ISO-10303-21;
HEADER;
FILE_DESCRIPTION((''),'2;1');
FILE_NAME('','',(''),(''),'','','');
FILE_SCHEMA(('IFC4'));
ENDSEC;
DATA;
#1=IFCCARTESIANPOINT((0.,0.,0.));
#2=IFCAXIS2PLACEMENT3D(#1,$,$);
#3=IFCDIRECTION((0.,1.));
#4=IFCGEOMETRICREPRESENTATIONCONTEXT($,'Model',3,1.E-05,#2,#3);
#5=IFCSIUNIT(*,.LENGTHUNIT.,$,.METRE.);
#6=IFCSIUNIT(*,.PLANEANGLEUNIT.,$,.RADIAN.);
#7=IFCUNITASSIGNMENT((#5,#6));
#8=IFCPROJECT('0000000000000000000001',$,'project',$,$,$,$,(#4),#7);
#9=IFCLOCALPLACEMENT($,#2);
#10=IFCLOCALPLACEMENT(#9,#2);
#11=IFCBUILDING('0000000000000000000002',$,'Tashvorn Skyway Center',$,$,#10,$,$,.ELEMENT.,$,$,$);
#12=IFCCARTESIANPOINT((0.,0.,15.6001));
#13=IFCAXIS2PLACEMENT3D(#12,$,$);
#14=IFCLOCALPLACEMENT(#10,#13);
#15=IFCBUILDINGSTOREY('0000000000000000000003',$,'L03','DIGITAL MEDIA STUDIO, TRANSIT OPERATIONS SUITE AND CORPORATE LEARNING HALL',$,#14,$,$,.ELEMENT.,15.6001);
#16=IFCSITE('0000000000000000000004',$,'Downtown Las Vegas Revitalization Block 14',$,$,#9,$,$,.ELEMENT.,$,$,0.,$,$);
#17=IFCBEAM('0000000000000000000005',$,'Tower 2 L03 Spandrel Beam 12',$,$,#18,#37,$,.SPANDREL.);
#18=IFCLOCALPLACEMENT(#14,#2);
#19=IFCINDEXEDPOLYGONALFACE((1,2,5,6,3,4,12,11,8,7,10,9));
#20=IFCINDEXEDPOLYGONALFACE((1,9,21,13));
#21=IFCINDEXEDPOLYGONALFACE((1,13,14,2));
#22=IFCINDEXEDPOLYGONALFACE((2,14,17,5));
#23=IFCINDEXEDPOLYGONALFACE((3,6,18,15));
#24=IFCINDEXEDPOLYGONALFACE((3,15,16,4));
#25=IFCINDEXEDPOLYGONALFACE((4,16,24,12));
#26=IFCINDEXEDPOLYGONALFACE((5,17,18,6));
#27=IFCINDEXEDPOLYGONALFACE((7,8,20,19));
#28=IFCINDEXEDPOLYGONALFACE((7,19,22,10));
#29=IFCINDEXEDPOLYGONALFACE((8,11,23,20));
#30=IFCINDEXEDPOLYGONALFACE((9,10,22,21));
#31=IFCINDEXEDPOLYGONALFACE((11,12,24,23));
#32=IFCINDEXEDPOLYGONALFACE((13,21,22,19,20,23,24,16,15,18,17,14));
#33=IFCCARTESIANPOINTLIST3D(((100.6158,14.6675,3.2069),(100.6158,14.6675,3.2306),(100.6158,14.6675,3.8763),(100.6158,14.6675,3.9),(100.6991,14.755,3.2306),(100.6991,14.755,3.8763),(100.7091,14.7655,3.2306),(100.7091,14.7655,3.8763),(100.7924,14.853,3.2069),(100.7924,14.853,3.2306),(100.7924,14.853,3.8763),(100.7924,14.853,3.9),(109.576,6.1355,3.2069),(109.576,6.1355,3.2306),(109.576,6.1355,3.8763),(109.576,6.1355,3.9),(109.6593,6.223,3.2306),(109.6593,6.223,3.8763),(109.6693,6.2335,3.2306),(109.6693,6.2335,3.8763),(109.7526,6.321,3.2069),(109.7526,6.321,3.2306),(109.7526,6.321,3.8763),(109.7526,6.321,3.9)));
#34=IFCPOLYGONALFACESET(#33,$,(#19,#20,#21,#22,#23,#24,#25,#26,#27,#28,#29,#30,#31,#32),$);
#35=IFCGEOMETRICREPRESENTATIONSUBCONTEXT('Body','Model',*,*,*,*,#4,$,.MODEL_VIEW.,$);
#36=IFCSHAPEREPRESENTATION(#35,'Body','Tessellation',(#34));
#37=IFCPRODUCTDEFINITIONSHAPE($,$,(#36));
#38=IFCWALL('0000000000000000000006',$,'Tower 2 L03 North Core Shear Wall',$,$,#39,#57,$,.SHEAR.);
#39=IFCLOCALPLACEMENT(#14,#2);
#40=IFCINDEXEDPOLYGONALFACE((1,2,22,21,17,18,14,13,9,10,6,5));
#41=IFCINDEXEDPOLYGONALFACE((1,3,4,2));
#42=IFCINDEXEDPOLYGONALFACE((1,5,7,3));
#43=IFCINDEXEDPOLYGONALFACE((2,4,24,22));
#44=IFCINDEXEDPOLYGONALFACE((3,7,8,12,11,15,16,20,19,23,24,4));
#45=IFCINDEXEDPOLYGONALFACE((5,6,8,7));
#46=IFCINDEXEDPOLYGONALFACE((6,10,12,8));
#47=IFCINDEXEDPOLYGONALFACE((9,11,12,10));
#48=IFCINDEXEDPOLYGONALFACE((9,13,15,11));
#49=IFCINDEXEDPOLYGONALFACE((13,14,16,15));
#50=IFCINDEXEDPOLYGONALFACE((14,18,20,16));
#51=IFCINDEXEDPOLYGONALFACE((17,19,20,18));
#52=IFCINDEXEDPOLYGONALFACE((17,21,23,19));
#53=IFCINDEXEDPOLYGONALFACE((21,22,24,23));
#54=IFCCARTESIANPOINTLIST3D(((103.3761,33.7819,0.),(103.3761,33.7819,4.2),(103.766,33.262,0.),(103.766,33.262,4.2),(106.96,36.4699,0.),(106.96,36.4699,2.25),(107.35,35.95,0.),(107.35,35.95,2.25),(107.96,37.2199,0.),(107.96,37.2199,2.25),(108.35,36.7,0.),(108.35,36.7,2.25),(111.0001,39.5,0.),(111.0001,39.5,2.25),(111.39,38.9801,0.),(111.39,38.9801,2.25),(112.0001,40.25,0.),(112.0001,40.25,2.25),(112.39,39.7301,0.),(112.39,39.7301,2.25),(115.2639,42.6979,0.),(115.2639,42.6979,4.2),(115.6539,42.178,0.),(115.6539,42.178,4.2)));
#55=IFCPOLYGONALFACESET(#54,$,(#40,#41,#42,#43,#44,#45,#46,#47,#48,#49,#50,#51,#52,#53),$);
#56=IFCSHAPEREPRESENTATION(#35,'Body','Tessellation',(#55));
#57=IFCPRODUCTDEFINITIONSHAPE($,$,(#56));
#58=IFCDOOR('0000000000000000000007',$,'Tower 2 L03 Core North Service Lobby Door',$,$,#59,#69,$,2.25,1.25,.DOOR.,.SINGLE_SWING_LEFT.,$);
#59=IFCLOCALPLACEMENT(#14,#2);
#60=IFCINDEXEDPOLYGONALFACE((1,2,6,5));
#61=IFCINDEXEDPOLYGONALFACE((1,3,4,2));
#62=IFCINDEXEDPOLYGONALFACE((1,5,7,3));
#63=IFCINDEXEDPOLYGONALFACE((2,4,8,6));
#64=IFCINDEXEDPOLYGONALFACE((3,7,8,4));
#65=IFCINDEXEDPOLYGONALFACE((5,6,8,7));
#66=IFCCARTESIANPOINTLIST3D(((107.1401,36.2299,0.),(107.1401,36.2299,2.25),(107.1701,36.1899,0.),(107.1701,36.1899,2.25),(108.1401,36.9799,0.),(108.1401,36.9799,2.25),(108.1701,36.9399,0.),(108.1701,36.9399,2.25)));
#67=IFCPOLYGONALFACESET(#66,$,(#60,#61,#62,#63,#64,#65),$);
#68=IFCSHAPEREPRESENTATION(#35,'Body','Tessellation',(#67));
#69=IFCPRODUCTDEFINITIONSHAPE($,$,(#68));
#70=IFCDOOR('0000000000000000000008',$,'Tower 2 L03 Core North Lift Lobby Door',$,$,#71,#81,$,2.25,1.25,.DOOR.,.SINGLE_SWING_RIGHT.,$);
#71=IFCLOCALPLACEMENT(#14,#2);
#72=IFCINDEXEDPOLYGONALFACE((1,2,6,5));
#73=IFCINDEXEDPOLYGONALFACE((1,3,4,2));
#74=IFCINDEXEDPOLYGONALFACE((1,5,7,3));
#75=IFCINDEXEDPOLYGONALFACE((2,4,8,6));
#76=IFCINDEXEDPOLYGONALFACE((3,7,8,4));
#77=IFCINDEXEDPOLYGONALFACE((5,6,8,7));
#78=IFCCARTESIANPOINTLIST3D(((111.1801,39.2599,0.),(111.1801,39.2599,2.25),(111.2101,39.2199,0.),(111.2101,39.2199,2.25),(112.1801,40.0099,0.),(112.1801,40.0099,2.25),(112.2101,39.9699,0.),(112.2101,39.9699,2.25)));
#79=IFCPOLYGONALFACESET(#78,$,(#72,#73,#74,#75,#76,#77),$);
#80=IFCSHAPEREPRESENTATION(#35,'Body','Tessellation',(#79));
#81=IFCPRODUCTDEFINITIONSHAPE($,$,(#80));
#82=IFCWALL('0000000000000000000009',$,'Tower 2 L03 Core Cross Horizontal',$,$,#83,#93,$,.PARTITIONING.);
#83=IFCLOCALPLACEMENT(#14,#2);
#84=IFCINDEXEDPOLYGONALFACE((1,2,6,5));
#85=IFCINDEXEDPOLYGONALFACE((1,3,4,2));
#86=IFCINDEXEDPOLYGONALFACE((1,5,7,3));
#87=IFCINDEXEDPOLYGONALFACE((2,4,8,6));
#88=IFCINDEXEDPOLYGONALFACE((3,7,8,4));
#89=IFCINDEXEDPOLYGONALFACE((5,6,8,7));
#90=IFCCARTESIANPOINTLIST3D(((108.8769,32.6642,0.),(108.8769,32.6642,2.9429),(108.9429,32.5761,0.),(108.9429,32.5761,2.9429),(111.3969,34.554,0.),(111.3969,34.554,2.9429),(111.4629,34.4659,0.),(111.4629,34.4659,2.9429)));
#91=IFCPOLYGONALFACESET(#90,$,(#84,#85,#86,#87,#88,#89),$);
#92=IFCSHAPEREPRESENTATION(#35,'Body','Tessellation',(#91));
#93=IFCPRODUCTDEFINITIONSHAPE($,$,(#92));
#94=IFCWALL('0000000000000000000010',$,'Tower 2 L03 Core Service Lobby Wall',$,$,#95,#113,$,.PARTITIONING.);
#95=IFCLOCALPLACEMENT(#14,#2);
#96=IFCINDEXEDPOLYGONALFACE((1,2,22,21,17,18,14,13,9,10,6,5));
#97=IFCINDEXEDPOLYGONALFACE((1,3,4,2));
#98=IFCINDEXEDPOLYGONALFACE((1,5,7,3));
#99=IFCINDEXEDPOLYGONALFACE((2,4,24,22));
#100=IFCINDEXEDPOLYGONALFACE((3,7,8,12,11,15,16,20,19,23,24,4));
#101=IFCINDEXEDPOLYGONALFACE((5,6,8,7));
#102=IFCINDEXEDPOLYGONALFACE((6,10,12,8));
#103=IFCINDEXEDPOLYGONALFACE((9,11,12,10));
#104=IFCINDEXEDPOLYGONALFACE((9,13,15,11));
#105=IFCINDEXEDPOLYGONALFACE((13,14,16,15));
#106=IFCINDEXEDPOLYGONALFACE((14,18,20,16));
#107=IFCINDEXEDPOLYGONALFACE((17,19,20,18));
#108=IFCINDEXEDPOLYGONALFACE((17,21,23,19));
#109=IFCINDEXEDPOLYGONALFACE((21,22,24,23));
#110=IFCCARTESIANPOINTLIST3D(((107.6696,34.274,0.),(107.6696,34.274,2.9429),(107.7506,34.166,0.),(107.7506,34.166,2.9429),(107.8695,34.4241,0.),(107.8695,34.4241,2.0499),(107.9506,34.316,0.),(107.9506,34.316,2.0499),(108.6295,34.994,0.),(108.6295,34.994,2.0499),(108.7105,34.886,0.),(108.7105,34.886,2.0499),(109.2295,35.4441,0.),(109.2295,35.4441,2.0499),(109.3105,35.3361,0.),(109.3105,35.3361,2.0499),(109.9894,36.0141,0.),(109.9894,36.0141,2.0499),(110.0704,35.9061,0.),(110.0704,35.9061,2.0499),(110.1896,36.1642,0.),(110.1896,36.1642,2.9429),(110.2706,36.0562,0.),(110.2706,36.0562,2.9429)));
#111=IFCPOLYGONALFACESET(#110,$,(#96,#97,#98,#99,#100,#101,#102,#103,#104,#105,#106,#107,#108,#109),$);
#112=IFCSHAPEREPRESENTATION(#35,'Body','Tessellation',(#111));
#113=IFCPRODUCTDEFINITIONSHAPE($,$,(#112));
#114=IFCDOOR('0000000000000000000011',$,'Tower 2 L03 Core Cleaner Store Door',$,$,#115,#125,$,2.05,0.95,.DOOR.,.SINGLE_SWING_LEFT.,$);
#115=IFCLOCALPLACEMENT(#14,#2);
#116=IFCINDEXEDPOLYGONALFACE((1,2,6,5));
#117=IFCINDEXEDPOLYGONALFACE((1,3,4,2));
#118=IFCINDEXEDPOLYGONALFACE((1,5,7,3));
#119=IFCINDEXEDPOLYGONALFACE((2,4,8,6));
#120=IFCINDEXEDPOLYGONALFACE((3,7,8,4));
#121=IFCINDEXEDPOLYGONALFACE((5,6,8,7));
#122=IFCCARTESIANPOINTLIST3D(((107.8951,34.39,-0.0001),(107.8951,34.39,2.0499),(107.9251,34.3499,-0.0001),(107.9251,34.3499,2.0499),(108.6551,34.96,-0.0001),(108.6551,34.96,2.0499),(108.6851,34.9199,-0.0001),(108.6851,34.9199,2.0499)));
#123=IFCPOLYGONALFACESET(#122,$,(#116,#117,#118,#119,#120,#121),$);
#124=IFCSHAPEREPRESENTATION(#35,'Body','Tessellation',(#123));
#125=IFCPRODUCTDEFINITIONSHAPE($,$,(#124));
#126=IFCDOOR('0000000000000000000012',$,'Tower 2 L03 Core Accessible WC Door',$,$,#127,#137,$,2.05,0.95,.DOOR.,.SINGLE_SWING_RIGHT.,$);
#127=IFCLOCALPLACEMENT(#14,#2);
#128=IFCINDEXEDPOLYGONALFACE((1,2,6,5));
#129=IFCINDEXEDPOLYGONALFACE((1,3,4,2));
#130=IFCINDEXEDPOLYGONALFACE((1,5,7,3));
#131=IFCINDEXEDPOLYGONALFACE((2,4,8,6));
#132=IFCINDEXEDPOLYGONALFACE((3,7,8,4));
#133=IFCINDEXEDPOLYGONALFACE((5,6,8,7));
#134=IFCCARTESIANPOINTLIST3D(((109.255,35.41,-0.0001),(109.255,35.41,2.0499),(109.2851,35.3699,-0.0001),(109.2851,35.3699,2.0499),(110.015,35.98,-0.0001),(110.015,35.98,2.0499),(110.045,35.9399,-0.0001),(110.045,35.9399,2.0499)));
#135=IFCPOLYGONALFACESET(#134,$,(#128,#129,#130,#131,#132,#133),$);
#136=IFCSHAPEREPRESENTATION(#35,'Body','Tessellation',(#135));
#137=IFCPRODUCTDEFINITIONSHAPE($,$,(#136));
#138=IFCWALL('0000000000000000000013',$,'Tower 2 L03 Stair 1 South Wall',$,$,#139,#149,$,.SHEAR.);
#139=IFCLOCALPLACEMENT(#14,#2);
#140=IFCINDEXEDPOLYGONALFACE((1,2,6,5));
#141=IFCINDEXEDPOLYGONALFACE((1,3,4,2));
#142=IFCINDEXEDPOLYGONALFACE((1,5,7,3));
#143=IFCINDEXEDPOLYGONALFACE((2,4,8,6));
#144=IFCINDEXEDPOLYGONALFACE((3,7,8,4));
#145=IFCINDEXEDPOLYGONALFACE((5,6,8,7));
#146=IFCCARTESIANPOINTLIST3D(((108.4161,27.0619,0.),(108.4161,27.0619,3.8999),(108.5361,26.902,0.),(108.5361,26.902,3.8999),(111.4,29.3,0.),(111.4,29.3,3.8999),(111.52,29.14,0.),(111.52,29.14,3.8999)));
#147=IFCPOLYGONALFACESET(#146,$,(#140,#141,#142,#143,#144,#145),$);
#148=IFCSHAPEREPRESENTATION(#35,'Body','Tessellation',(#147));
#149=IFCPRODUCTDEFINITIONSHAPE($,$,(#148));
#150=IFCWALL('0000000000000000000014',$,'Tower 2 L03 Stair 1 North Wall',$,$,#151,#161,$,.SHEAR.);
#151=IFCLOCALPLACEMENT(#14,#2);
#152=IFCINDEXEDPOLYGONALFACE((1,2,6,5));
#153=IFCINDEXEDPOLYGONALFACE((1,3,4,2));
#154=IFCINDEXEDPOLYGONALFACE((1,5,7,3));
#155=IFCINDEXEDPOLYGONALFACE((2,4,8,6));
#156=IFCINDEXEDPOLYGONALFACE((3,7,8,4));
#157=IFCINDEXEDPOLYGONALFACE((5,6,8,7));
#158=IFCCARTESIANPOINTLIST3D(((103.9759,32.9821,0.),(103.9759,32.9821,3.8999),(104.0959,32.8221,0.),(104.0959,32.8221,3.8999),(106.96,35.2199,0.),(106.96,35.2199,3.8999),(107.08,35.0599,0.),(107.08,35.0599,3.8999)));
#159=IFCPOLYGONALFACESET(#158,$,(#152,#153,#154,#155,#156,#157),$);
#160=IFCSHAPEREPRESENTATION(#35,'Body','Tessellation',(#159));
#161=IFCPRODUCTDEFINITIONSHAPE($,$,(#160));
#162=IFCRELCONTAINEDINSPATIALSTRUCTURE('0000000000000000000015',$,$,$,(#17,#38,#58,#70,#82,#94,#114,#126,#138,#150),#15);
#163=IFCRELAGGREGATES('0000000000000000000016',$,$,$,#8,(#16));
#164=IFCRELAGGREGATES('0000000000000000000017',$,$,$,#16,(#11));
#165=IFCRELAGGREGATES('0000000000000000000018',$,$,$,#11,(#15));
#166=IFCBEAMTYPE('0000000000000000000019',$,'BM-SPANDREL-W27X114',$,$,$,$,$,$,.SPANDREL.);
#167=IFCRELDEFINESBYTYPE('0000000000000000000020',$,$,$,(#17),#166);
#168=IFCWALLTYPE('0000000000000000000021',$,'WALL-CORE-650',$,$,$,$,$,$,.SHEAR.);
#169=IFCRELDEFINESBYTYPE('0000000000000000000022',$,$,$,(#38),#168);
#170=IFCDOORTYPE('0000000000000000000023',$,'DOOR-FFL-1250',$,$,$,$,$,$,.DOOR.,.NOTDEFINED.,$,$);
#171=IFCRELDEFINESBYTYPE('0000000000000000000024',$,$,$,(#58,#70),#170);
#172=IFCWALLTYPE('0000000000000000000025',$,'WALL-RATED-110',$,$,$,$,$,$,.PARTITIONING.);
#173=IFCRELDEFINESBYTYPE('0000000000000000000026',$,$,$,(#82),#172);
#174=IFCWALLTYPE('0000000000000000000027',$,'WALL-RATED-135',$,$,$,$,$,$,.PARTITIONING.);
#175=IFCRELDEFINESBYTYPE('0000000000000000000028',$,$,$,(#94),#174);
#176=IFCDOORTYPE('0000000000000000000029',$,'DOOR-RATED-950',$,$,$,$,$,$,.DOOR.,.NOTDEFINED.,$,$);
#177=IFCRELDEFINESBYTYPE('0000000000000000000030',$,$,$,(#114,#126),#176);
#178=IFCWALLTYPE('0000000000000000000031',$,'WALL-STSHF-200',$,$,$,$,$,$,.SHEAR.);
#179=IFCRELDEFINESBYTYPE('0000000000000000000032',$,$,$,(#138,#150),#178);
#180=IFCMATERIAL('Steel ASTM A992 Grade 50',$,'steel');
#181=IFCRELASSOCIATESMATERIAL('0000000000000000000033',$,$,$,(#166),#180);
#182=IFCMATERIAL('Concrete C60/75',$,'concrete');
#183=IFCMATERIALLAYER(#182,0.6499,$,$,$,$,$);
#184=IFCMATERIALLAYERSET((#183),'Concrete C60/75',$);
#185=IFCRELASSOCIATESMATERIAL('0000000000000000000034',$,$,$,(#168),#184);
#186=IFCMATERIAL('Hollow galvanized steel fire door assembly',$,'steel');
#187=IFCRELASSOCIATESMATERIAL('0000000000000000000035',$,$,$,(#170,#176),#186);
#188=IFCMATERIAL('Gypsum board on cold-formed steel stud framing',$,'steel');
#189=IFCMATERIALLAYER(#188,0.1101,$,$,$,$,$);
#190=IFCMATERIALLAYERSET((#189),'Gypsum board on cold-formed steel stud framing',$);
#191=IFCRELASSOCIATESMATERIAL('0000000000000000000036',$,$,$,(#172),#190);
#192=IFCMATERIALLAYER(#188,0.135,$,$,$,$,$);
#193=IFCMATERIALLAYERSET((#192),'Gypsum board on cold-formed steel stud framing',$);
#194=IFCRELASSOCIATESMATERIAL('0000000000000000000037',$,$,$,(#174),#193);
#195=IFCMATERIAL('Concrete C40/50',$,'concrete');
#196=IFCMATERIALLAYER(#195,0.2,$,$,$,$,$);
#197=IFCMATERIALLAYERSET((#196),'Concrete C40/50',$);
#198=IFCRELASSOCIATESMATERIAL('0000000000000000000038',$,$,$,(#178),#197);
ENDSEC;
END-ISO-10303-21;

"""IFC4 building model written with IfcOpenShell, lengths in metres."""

from ifc_helpers import new_model, si_unit, direction, frame, frame_2d, origin, origin_2d, place, context, subcontext, project, spatial, rectangle, i_section, extrude, material, layer, layer_set, material_profile, profile_set, type_object, element, fill, save


model = new_model("IFC4")

# Units and contexts
model_context = context("Model", 3, precision=1e-05, world=origin(), true_north=direction((0.0, 1.0)))
body_context = subcontext(model_context, "Body", "Model", "MODEL_VIEW")
ifc_project = project(units=[si_unit("LENGTHUNIT", "METRE"), si_unit("PLANEANGLEUNIT", "RADIAN")], contexts=[model_context])

# Site, building, storey
site_placement = place(None, origin())
site = spatial("IfcSite", under=ifc_project, at=site_placement, Name="Downtown Las Vegas Revitalization Block 14", CompositionType="ELEMENT", RefElevation=0.0)
building_placement = place(site_placement, origin())
building = spatial("IfcBuilding", under=site, at=building_placement, Name="Tashvorn Skyway Center", CompositionType="ELEMENT")
storey_placement = place(building_placement, frame((0.0, 0.0, 15.6001)))
storey = spatial("IfcBuildingStorey", under=building, at=storey_placement, Name="L03", Description="DIGITAL MEDIA STUDIO, TRANSIT OPERATIONS SUITE AND CORPORATE LEARNING HALL", CompositionType="ELEMENT", Elevation=15.6001)

# Beam
ifc_material_1 = material(Name="Steel ASTM A992 Grade 50", Category="steel")
ifc_material_profile_1 = material_profile(ifc_material_1, i_section(OverallWidth=0.2561, OverallDepth=0.6931, WebThickness=0.0144, FlangeThickness=0.0237, at=origin_2d()), Name="W27X114")
ifc_profile_set_1 = profile_set([ifc_material_profile_1], Name="Steel ASTM A992 Grade 50")
beam_type_1 = type_object("IfcBeamType", Name="BM-SPANDREL-W27X114", PredefinedType="SPANDREL", material=ifc_profile_set_1)
beam_1_placement = place(storey_placement, frame((100.7041, 14.7603, 3.5535), z_axis=(0.7242, -0.68959, 0.0), x_axis=(0.68959, 0.7242, 0.0)))
element("IfcBeam", 1, at=beam_1_placement, inside=storey, type_object=beam_type_1, Name="Tower 2 L03 Spandrel Beam 12", PredefinedType="SPANDREL", context=body_context, shape_type="SweptSolid", body=[
    extrude(i_section(OverallWidth=0.2561, OverallDepth=0.6931, WebThickness=0.0144, FlangeThickness=0.0237, at=origin_2d()), origin(), (0.0, 0.0, 1.0), 12.3726),
])

# Wall, openings, doors
ifc_material_2 = material(Name="Concrete C60/75", Category="concrete")
ifc_layer_1 = layer(ifc_material_2, 0.6499)
ifc_layer_set_1 = layer_set([ifc_layer_1], Name="Concrete C60/75")
wall_type_1 = type_object("IfcWallType", Name="WALL-CORE-650", PredefinedType="SHEAR", material=ifc_layer_set_1)
wall_1_placement = place(storey_placement, frame((103.571, 33.522, 0.0), z_axis=(0.0, 0.0, 1.0), x_axis=(0.799998, 0.600003, 0.0)))
wall_1 = element("IfcWall", 2, at=wall_1_placement, inside=storey, type_object=wall_type_1, Name="Tower 2 L03 North Core Shear Wall", PredefinedType="SHEAR", context=body_context, shape_type="SweptSolid", body=[
    extrude(rectangle(XDim=14.8599, YDim=0.6499, at=frame_2d((7.4299, 0.0))), origin(), (0.0, 0.0, 1.0), 4.2),
])
opening_1_placement = place(wall_1_placement, frame((4.48, 0.0, 0.0)))
opening_1 = element("IfcOpeningElement", 3, at=opening_1_placement, cuts=wall_1, PredefinedType="OPENING", context=body_context, shape_type="SweptSolid", body=[
    extrude(rectangle(XDim=1.25, YDim=2.25, at=frame_2d((0.625, 1.125))), frame((0.0, 0.335, 0.0), z_axis=(0.0, -1.0, 0.0), x_axis=(1.0, 0.0, 0.0)), (0.0, 0.0, 1.0), 0.6699),
])
opening_2_placement = place(wall_1_placement, frame((9.53, 0.0, 0.0)))
opening_2 = element("IfcOpeningElement", 4, at=opening_2_placement, cuts=wall_1, PredefinedType="OPENING", context=body_context, shape_type="SweptSolid", body=[
    extrude(rectangle(XDim=1.25, YDim=2.25, at=frame_2d((0.625, 1.125))), frame((0.0, 0.335, 0.0), z_axis=(0.0, -1.0, 0.0), x_axis=(1.0, 0.0, 0.0)), (0.0, 0.0, 1.0), 0.6699),
])
ifc_material_3 = material(Name="Hollow galvanized steel fire door assembly", Category="steel")
door_type_1 = type_object("IfcDoorType", Name="DOOR-FFL-1250", OperationType="NOTDEFINED", PredefinedType="DOOR", material=ifc_material_3)
door_1_placement = place(opening_1_placement, origin())
door_1 = element("IfcDoor", 5, at=door_1_placement, inside=storey, type_object=door_type_1, Name="Tower 2 L03 Core North Service Lobby Door", OperationType="SINGLE_SWING_LEFT", OverallHeight=2.25, OverallWidth=1.25, PredefinedType="DOOR", context=body_context, shape_type="SweptSolid", body=[
    extrude(rectangle(XDim=1.25, YDim=2.25, at=frame_2d((0.625, 1.125))), frame((0.0, 0.0249, 0.0), z_axis=(0.0, -1.0, 0.0), x_axis=(1.0, 0.0, 0.0)), (0.0, 0.0, 1.0), 0.05),
])
fill(opening_1, door_1)
door_2_placement = place(opening_2_placement, origin())
door_2 = element("IfcDoor", 6, at=door_2_placement, inside=storey, type_object=door_type_1, Name="Tower 2 L03 Core North Lift Lobby Door", OperationType="SINGLE_SWING_RIGHT", OverallHeight=2.25, OverallWidth=1.25, PredefinedType="DOOR", context=body_context, shape_type="SweptSolid", body=[
    extrude(rectangle(XDim=1.25, YDim=2.25, at=frame_2d((0.625, 1.125))), frame((0.0, 0.0249, 0.0), z_axis=(0.0, -1.0, 0.0), x_axis=(1.0, 0.0, 0.0)), (0.0, 0.0, 1.0), 0.05),
])
fill(opening_2, door_2)

# Wall
ifc_material_4 = material(Name="Gypsum board on cold-formed steel stud framing", Category="steel")
ifc_layer_2 = layer(ifc_material_4, 0.1101)
ifc_layer_set_2 = layer_set([ifc_layer_2], Name="Gypsum board on cold-formed steel stud framing")
wall_type_2 = type_object("IfcWallType", Name="WALL-RATED-110", PredefinedType="PARTITIONING", material=ifc_layer_set_2)
wall_2_placement = place(storey_placement, frame((108.9099, 32.6201, 0.0), z_axis=(0.0, 0.0, 1.0), x_axis=(0.800019, 0.599975, 0.0)))
element("IfcWall", 7, at=wall_2_placement, inside=storey, type_object=wall_type_2, Name="Tower 2 L03 Core Cross Horizontal", PredefinedType="PARTITIONING", context=body_context, shape_type="SweptSolid", body=[
    extrude(rectangle(XDim=3.1499, YDim=0.1101, at=frame_2d((1.575, 0.0))), origin(), (0.0, 0.0, 1.0), 2.9429),
])

# Wall, openings, doors
ifc_layer_3 = layer(ifc_material_4, 0.135)
ifc_layer_set_3 = layer_set([ifc_layer_3], Name="Gypsum board on cold-formed steel stud framing")
wall_type_3 = type_object("IfcWallType", Name="WALL-RATED-135", PredefinedType="PARTITIONING", material=ifc_layer_set_3)
wall_3_placement = place(storey_placement, frame((107.71, 34.22, 0.0), z_axis=(0.0, 0.0, 1.0), x_axis=(0.799981, 0.600025, 0.0)))
wall_3 = element("IfcWall", 8, at=wall_3_placement, inside=storey, type_object=wall_type_3, Name="Tower 2 L03 Core Service Lobby Wall", PredefinedType="PARTITIONING", context=body_context, shape_type="SweptSolid", body=[
    extrude(rectangle(XDim=3.1501, YDim=0.135, at=frame_2d((1.5752, 0.0))), origin(), (0.0, 0.0, 1.0), 2.9429),
])
opening_3_placement = place(wall_3_placement, frame((0.25, 0.0, 0.0)))
opening_3 = element("IfcOpeningElement", 9, at=opening_3_placement, cuts=wall_3, PredefinedType="OPENING", context=body_context, shape_type="SweptSolid", body=[
    extrude(rectangle(XDim=0.95, YDim=2.05, at=frame_2d((0.4751, 1.0249))), frame((0.0, 0.0774, 0.0), z_axis=(0.0, -1.0, 0.0), x_axis=(1.0, 0.0, 0.0)), (0.0, 0.0, 1.0), 0.155),
])
opening_4_placement = place(wall_3_placement, frame((1.95, 0.0, 0.0)))
opening_4 = element("IfcOpeningElement", 10, at=opening_4_placement, cuts=wall_3, PredefinedType="OPENING", context=body_context, shape_type="SweptSolid", body=[
    extrude(rectangle(XDim=0.95, YDim=2.05, at=frame_2d((0.4751, 1.0249))), frame((0.0, 0.0774, 0.0), z_axis=(0.0, -1.0, 0.0), x_axis=(1.0, 0.0, 0.0)), (0.0, 0.0, 1.0), 0.155),
])
door_type_2 = type_object("IfcDoorType", Name="DOOR-RATED-950", OperationType="NOTDEFINED", PredefinedType="DOOR", material=ifc_material_3)
door_3_placement = place(opening_3_placement, origin())
door_3 = element("IfcDoor", 11, at=door_3_placement, inside=storey, type_object=door_type_2, Name="Tower 2 L03 Core Cleaner Store Door", OperationType="SINGLE_SWING_LEFT", OverallHeight=2.05, OverallWidth=0.95, PredefinedType="DOOR", context=body_context, shape_type="SweptSolid", body=[
    extrude(rectangle(XDim=0.95, YDim=2.05, at=frame_2d((0.4751, 1.0249))), frame((0.0, 0.0249, 0.0), z_axis=(0.0, -1.0, 0.0), x_axis=(1.0, 0.0, 0.0)), (0.0, 0.0, 1.0), 0.05),
])
fill(opening_3, door_3)
door_4_placement = place(opening_4_placement, origin())
door_4 = element("IfcDoor", 12, at=door_4_placement, inside=storey, type_object=door_type_2, Name="Tower 2 L03 Core Accessible WC Door", OperationType="SINGLE_SWING_RIGHT", OverallHeight=2.05, OverallWidth=0.95, PredefinedType="DOOR", context=body_context, shape_type="SweptSolid", body=[
    extrude(rectangle(XDim=0.95, YDim=2.05, at=frame_2d((0.4751, 1.0249))), frame((0.0, 0.0249, 0.0), z_axis=(0.0, -1.0, 0.0), x_axis=(1.0, 0.0, 0.0)), (0.0, 0.0, 1.0), 0.05),
])
fill(opening_4, door_4)

# Walls
ifc_material_5 = material(Name="Concrete C40/50", Category="concrete")
ifc_layer_4 = layer(ifc_material_5, 0.2)
ifc_layer_set_4 = layer_set([ifc_layer_4], Name="Concrete C40/50")
wall_type_4 = type_object("IfcWallType", Name="WALL-STSHF-200", PredefinedType="SHEAR", material=ifc_layer_set_4)
for number, where, z_axis, x_axis, name in (
    (13, (108.4761, 26.9819, 0.0), (0.0, 0.0, 1.0), (0.799984, 0.600021, 0.0), "Tower 2 L03 Stair 1 South Wall"),
    (14, (104.0359, 32.9021, 0.0), (0.0, 0.0, 1.0), (0.800039, 0.599948, 0.0), "Tower 2 L03 Stair 1 North Wall"),
):
    element("IfcWall", number, at=place(storey_placement, frame(where, z_axis=z_axis, x_axis=x_axis)), inside=storey, type_object=wall_type_4, Name=name, PredefinedType="SHEAR", context=body_context, shape_type="SweptSolid", body=[
        extrude(rectangle(XDim=3.73, YDim=0.2, at=frame_2d((1.865, 0.0))), origin(), (0.0, 0.0, 1.0), 3.8999),
    ])

save(model, "model.ifc")
